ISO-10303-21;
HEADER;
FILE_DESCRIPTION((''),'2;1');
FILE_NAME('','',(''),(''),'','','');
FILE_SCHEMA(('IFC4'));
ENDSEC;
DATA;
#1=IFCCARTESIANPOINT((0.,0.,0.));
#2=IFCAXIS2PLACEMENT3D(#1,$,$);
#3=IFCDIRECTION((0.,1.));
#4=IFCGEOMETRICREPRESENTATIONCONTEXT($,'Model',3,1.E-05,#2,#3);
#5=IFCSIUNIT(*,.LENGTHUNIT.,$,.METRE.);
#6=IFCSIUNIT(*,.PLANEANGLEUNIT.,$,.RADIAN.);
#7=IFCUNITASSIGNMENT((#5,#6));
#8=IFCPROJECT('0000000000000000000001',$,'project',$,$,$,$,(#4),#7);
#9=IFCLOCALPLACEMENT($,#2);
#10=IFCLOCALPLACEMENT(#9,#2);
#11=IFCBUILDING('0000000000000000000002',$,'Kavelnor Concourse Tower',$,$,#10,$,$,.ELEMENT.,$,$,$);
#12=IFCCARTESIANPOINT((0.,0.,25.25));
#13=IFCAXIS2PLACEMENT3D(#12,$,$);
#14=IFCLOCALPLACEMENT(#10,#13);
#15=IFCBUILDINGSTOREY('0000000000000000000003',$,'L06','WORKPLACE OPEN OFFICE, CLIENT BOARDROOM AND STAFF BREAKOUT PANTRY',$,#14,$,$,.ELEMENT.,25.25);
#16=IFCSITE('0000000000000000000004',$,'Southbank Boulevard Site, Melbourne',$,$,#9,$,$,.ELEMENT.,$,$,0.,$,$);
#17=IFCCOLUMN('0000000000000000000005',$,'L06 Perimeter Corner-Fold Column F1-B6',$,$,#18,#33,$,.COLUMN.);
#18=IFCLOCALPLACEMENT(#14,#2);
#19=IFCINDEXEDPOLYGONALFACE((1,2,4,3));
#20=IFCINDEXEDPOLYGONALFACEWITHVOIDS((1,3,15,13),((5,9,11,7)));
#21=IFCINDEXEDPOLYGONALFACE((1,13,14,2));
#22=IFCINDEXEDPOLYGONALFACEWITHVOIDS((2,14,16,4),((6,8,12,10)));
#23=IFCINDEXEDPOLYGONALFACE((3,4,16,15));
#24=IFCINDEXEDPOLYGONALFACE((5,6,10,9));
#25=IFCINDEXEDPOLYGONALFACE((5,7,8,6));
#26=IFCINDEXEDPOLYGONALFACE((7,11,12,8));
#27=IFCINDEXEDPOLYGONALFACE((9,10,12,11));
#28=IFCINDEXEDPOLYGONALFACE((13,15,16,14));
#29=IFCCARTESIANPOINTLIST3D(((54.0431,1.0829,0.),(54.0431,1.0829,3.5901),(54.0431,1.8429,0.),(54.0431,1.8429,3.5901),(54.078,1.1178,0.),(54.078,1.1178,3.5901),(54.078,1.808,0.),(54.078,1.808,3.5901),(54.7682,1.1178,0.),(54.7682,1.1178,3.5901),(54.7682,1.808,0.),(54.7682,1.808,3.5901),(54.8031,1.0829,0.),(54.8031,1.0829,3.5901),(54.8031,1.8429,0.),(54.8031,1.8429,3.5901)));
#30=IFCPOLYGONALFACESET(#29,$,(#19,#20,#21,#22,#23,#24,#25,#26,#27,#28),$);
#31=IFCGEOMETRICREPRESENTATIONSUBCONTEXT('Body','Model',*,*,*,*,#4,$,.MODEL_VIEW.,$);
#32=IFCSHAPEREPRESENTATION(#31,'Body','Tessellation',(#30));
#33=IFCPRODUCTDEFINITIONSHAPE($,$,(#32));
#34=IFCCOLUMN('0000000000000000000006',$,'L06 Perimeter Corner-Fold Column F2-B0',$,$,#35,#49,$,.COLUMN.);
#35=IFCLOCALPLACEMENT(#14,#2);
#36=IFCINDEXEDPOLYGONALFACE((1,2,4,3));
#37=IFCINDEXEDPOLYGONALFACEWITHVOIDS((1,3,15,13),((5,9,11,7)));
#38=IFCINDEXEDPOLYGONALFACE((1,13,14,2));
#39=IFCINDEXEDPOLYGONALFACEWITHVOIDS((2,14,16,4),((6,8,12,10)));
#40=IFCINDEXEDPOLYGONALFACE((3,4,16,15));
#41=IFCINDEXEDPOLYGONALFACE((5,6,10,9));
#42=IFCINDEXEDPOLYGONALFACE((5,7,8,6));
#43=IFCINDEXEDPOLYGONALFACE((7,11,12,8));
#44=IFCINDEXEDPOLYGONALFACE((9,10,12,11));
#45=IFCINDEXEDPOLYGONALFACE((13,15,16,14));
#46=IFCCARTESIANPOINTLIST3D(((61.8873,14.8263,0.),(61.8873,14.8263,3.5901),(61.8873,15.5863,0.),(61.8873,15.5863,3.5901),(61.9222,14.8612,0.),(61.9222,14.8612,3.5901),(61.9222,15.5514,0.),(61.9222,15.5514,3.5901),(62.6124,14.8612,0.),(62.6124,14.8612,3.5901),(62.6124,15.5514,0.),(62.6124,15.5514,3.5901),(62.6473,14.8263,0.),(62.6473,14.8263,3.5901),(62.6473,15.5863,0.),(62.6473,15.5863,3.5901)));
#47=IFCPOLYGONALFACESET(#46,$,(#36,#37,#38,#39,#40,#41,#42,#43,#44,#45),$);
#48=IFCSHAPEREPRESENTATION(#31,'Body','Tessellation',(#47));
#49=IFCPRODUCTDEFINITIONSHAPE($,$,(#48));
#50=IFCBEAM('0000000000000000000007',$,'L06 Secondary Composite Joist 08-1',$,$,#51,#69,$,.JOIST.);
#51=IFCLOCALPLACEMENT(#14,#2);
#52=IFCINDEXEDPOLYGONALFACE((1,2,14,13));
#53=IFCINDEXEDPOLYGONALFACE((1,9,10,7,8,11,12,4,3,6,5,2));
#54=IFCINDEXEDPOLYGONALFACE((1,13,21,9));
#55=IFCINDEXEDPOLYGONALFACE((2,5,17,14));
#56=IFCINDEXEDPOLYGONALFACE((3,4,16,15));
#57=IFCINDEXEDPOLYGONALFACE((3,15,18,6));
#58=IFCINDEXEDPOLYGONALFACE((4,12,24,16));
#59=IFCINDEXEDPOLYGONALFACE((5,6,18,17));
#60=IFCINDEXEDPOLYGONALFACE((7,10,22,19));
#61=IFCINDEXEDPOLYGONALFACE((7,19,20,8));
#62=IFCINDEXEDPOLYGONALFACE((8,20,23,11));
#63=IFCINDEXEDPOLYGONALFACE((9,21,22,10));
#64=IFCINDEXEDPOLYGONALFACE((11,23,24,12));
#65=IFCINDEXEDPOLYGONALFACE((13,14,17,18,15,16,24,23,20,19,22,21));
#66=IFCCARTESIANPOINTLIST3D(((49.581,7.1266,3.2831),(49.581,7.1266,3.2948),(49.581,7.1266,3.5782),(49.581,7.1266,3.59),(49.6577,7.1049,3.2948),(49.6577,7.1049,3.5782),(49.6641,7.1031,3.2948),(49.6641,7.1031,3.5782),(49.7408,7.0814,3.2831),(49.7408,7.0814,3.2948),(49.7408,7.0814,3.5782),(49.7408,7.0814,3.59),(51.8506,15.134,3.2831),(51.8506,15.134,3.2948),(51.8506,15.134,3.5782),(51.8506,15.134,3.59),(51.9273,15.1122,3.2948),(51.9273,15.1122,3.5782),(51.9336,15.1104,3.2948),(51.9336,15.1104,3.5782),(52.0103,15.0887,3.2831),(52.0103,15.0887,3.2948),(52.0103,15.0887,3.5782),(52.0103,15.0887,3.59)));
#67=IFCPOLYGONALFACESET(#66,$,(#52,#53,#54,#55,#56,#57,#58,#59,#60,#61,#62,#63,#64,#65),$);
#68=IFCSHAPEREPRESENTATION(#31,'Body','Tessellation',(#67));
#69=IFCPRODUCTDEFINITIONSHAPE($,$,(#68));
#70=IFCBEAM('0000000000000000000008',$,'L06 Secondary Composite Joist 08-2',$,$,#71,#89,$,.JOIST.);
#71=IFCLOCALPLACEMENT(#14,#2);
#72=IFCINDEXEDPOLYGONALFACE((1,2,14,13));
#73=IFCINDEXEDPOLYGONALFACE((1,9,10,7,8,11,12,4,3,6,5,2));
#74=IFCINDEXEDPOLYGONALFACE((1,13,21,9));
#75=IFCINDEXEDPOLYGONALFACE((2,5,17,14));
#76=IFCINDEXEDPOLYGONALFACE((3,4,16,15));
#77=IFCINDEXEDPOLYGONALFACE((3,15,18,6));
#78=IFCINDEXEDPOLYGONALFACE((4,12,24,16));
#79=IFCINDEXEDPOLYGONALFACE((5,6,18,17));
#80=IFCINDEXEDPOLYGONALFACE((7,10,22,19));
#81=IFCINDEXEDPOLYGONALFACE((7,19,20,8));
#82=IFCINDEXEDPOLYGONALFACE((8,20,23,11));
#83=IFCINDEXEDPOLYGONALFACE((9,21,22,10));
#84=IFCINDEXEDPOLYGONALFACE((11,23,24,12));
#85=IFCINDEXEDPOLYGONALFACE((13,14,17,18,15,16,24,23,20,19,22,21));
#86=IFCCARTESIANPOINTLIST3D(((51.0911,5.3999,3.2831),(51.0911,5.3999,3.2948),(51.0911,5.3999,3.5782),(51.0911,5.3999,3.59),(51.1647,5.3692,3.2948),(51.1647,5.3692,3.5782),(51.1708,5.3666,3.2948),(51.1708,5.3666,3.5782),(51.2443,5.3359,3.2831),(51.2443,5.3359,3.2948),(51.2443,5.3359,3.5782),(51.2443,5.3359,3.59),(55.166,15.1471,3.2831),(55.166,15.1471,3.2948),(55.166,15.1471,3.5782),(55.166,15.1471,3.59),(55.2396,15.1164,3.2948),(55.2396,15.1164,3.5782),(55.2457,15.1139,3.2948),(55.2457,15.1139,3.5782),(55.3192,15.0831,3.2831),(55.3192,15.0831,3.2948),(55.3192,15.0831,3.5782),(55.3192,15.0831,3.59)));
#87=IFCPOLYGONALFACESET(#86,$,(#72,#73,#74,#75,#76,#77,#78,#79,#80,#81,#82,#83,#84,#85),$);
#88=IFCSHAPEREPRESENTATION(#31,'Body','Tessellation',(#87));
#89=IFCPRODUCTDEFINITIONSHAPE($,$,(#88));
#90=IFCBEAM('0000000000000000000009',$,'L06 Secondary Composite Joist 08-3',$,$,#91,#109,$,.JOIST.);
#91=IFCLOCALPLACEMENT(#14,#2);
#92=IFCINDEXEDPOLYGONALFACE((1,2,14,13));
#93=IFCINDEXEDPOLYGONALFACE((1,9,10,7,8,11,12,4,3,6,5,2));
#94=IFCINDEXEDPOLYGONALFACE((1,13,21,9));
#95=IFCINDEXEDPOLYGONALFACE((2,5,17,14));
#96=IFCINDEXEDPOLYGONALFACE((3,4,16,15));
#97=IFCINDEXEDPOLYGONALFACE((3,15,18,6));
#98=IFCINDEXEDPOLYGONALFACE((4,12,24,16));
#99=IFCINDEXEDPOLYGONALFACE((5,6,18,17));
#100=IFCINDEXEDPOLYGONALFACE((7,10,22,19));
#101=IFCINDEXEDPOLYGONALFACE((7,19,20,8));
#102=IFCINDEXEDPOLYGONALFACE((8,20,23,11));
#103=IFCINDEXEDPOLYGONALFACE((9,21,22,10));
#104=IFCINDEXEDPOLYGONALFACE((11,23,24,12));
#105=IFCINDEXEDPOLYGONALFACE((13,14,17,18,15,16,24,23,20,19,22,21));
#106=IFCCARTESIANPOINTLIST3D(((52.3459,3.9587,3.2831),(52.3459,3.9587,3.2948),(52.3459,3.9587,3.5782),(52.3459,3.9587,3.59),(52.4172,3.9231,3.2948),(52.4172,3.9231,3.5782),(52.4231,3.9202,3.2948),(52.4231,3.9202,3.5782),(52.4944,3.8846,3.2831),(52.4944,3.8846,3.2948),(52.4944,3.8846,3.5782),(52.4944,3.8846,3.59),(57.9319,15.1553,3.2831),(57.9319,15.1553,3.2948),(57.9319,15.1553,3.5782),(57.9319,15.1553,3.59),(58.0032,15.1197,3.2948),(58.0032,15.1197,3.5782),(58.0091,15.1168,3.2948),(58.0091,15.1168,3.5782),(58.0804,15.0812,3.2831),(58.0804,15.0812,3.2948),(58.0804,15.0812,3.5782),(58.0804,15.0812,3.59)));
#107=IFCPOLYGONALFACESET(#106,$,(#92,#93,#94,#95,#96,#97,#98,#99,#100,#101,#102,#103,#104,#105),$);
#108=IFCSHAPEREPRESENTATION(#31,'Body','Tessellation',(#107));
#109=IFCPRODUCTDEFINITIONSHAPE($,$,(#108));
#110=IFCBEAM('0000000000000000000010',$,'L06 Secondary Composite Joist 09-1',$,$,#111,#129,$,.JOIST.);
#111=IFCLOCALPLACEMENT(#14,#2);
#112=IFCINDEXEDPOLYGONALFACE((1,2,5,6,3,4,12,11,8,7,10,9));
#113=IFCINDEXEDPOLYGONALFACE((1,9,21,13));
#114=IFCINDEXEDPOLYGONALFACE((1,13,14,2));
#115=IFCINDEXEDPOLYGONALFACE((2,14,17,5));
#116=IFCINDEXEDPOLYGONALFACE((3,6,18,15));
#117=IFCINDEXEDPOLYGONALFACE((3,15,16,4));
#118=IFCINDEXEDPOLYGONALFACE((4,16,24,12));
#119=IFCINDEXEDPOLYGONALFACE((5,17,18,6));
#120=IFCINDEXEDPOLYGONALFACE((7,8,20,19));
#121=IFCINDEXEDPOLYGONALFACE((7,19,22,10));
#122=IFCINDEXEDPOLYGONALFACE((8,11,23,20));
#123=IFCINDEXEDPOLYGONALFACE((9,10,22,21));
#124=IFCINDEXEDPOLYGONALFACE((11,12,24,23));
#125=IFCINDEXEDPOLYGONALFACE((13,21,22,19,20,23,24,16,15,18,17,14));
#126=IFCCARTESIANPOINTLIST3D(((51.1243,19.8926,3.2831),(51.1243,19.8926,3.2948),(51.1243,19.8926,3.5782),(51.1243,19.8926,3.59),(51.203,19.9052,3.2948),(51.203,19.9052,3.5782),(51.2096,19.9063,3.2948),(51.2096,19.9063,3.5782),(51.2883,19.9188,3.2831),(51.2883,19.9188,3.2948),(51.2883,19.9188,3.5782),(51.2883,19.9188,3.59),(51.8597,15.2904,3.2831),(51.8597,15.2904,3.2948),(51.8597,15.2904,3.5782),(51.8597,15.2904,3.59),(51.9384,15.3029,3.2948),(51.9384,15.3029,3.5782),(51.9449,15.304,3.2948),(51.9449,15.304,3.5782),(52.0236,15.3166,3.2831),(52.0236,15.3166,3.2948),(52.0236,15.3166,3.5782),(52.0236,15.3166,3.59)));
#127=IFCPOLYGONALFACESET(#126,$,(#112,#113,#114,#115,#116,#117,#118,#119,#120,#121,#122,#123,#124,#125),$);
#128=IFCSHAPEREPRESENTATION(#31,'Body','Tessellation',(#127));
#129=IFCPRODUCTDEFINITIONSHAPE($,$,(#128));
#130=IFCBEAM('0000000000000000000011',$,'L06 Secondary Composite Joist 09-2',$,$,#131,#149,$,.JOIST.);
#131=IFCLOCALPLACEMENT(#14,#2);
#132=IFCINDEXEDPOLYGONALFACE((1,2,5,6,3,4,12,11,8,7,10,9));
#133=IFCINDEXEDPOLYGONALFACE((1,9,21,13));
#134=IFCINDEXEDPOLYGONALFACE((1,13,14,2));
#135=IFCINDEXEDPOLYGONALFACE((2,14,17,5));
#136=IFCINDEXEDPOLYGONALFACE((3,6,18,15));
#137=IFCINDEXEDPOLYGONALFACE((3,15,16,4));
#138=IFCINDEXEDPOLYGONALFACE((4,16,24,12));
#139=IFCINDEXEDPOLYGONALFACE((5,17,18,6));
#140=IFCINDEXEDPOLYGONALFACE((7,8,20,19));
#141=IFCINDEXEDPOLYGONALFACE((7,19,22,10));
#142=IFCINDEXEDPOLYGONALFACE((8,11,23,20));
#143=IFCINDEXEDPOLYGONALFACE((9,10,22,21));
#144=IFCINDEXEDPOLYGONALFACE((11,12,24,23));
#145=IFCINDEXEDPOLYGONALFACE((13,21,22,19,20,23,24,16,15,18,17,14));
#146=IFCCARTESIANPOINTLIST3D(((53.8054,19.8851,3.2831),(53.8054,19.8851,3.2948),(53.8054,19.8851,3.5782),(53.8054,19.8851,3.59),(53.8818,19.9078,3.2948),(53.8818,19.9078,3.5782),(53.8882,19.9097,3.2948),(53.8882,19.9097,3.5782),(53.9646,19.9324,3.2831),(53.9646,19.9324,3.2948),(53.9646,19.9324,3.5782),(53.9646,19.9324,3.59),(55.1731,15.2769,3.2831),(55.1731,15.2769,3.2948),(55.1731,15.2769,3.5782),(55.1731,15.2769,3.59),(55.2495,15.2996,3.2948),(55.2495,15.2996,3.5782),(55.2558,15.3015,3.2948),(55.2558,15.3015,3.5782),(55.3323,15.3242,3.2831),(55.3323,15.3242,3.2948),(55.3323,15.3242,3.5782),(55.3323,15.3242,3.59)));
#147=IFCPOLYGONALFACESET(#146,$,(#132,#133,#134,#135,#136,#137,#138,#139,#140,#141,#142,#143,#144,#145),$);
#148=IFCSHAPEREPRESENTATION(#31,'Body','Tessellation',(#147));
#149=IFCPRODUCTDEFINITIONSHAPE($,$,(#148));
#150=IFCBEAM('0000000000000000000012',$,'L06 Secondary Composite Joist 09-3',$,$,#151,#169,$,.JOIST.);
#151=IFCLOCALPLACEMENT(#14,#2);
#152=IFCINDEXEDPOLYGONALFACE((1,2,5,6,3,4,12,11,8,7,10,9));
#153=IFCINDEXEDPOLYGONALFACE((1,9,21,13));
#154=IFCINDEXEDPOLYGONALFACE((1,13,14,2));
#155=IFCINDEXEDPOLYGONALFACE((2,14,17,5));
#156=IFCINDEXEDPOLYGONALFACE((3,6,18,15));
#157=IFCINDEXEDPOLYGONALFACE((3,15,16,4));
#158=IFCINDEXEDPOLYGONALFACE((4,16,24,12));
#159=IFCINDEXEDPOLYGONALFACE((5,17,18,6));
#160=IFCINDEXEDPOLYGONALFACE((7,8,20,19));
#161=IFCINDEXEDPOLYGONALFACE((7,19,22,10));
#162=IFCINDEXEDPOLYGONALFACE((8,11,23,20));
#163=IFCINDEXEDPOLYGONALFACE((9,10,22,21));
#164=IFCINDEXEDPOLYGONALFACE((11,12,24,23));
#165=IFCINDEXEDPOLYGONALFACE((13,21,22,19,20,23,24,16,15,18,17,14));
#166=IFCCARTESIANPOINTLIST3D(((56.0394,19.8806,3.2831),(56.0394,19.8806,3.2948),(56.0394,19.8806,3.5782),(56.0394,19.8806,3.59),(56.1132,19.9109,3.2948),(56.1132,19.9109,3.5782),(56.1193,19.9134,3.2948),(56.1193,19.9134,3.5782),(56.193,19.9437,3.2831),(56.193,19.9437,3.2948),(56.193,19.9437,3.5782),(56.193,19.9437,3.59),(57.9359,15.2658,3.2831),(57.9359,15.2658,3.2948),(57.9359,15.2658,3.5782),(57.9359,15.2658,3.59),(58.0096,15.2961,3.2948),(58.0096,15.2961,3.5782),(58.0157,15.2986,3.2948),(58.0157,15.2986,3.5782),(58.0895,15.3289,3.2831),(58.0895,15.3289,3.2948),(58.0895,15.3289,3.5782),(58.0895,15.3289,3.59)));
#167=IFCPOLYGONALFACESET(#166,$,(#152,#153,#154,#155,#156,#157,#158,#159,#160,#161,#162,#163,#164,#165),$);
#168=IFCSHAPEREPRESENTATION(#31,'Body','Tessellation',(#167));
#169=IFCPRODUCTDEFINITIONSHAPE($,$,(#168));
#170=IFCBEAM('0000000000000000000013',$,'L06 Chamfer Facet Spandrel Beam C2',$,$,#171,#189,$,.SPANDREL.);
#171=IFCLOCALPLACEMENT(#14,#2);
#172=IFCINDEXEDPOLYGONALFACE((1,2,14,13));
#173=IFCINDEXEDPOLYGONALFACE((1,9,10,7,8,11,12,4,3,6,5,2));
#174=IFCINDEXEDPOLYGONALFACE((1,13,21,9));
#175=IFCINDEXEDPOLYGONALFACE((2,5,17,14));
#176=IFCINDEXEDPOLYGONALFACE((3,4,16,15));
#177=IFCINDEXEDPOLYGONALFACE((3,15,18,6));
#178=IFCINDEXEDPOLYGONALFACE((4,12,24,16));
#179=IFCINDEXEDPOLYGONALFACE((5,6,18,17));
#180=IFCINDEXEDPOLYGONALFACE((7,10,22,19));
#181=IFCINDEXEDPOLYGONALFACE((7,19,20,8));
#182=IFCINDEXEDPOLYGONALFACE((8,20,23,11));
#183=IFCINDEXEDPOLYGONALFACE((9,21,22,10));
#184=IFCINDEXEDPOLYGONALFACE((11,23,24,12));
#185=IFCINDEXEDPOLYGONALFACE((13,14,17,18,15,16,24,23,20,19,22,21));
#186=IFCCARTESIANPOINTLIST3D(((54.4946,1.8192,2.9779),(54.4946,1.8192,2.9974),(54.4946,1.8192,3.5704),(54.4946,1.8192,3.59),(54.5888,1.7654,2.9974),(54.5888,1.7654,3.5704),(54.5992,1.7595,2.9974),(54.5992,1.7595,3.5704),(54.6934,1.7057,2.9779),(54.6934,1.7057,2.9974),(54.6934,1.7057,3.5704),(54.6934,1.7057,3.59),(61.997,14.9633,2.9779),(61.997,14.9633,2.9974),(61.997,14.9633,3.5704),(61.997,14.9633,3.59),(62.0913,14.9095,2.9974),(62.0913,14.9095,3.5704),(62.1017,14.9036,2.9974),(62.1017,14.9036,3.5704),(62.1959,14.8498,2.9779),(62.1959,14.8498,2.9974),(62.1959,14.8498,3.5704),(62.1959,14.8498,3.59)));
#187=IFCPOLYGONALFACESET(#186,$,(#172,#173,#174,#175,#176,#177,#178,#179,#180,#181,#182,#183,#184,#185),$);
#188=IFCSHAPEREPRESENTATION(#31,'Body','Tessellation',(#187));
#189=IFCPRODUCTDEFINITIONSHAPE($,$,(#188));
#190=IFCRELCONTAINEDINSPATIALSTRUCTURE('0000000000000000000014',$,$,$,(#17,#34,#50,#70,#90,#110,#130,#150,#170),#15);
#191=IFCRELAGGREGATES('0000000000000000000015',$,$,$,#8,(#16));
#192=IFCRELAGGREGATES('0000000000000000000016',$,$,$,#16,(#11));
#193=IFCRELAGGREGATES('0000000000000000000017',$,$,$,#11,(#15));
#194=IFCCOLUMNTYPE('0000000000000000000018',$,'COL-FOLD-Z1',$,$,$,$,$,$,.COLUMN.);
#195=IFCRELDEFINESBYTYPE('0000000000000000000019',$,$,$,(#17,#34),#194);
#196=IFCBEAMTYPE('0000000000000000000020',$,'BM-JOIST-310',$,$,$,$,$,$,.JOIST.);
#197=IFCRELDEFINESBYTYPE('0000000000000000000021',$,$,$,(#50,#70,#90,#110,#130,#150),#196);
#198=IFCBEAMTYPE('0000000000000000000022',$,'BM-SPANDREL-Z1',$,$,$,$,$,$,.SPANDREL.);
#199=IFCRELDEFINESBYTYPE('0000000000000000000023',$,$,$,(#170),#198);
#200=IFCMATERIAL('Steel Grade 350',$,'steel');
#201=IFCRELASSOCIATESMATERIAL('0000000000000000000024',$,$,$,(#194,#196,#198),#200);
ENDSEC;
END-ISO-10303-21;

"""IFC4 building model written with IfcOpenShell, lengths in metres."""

from ifc_helpers import new_model, si_unit, direction, frame, origin, origin_2d, place, context, subcontext, project, spatial, hollow_rectangle, i_section, extrude, material, material_profile, profile_set, type_object, element, save


model = new_model("IFC4")

# Units and contexts
model_context = context("Model", 3, precision=1e-05, world=origin(), true_north=direction((0.0, 1.0)))
body_context = subcontext(model_context, "Body", "Model", "MODEL_VIEW")
ifc_project = project(units=[si_unit("LENGTHUNIT", "METRE"), si_unit("PLANEANGLEUNIT", "RADIAN")], contexts=[model_context])

# Site, building, storey
site_placement = place(None, origin())
site = spatial("IfcSite", under=ifc_project, at=site_placement, Name="Southbank Boulevard Site, Melbourne", CompositionType="ELEMENT", RefElevation=0.0)
building_placement = place(site_placement, origin())
building = spatial("IfcBuilding", under=site, at=building_placement, Name="Kavelnor Concourse Tower", CompositionType="ELEMENT")
storey_placement = place(building_placement, frame((0.0, 0.0, 25.25)))
storey = spatial("IfcBuildingStorey", under=building, at=storey_placement, Name="L06", Description="WORKPLACE OPEN OFFICE, CLIENT BOARDROOM AND STAFF BREAKOUT PANTRY", CompositionType="ELEMENT", Elevation=25.25)

# Columns
ifc_material_1 = material(Name="Steel Grade 350", Category="steel")
ifc_material_profile_1 = material_profile(ifc_material_1, hollow_rectangle(XDim=0.76, YDim=0.76, WallThickness=0.0349, at=origin_2d()), Name="SHS 760x760x35")
ifc_profile_set_1 = profile_set([ifc_material_profile_1], Name="Steel Grade 350")
column_type = type_object("IfcColumnType", Name="COL-FOLD-Z1", PredefinedType="COLUMN", material=ifc_profile_set_1)
for number, where, z_axis, x_axis, name in (
    (1, (54.4231, 1.4629, 0.0), (0.0, 0.0, 1.0), (1.0, 0.0, 0.0), "L06 Perimeter Corner-Fold Column F1-B6"),
    (2, (62.2673, 15.2063, 0.0), (0.0, 0.0, 1.0), (1.0, 0.0, 0.0), "L06 Perimeter Corner-Fold Column F2-B0"),
):
    element("IfcColumn", number, at=place(storey_placement, frame(where, z_axis=z_axis, x_axis=x_axis)), inside=storey, type_object=column_type, Name=name, PredefinedType="COLUMN", context=body_context, shape_type="SweptSolid", body=[
        extrude(hollow_rectangle(XDim=0.76, YDim=0.76, WallThickness=0.0349, at=origin_2d()), origin(), (0.0, 0.0, 1.0), 3.5901),
    ])

# Beams
ifc_material_profile_2 = material_profile(ifc_material_1, i_section(OverallWidth=0.166, OverallDepth=0.3069, WebThickness=0.0066, FlangeThickness=0.0117, at=origin_2d()), Name="310UB46")
ifc_profile_set_2 = profile_set([ifc_material_profile_2], Name="Steel Grade 350")
beam_type_1 = type_object("IfcBeamType", Name="BM-JOIST-310", PredefinedType="JOIST", material=ifc_profile_set_2)
beam_1_placement = place(storey_placement, frame((49.6609, 7.104, 3.4365), z_axis=(0.27269, 0.962102, 0.0), x_axis=(-0.962102, 0.27269, 0.0)))
element("IfcBeam", 3, at=beam_1_placement, inside=storey, type_object=beam_type_1, Name="L06 Secondary Composite Joist 08-1", PredefinedType="JOIST", context=body_context, shape_type="SweptSolid", body=[
    extrude(i_section(OverallWidth=0.166, OverallDepth=0.3069, WebThickness=0.0066, FlangeThickness=0.0117, at=origin_2d()), origin(), (0.0, 0.0, 1.0), 8.3228),
])
beam_2_placement = place(storey_placement, frame((51.1677, 5.3679, 3.4365), z_axis=(0.38571, 0.92262, 0.0), x_axis=(-0.92262, 0.38571, 0.0)))
element("IfcBeam", 4, at=beam_2_placement, inside=storey, type_object=beam_type_1, Name="L06 Secondary Composite Joist 08-2", PredefinedType="JOIST", context=body_context, shape_type="SweptSolid", body=[
    extrude(i_section(OverallWidth=0.166, OverallDepth=0.3069, WebThickness=0.0066, FlangeThickness=0.0117, at=origin_2d()), origin(), (0.0, 0.0, 1.0), 10.5647),
])
beam_3_placement = place(storey_placement, frame((52.4202, 3.9216, 3.4365), z_axis=(0.446425, 0.894821, 0.0), x_axis=(-0.894821, 0.446425, 0.0)))
element("IfcBeam", 5, at=beam_3_placement, inside=storey, type_object=beam_type_1, Name="L06 Secondary Composite Joist 08-3", PredefinedType="JOIST", context=body_context, shape_type="SweptSolid", body=[
    extrude(i_section(OverallWidth=0.166, OverallDepth=0.3069, WebThickness=0.0066, FlangeThickness=0.0117, at=origin_2d()), origin(), (0.0, 0.0, 1.0), 12.5127),
])
beam_4_placement = place(storey_placement, frame((51.9417, 15.3035, 3.4365), z_axis=(-0.157778, 0.987475, 0.0), x_axis=(-0.987475, -0.157778, 0.0)))
element("IfcBeam", 6, at=beam_4_placement, inside=storey, type_object=beam_type_1, Name="L06 Secondary Composite Joist 09-1", PredefinedType="JOIST", context=body_context, shape_type="SweptSolid", body=[
    extrude(i_section(OverallWidth=0.166, OverallDepth=0.3069, WebThickness=0.0066, FlangeThickness=0.0117, at=origin_2d()), origin(), (0.0, 0.0, 1.0), 4.6606),
])
beam_5_placement = place(storey_placement, frame((55.2527, 15.3005, 3.4365), z_axis=(-0.284528, 0.958668, 0.0), x_axis=(-0.958668, -0.284528, 0.0)))
element("IfcBeam", 7, at=beam_5_placement, inside=storey, type_object=beam_type_1, Name="L06 Secondary Composite Joist 09-2", PredefinedType="JOIST", context=body_context, shape_type="SweptSolid", body=[
    extrude(i_section(OverallWidth=0.166, OverallDepth=0.3069, WebThickness=0.0066, FlangeThickness=0.0117, at=origin_2d()), origin(), (0.0, 0.0, 1.0), 4.8069),
])
beam_6_placement = place(storey_placement, frame((58.0127, 15.2974, 3.4365), z_axis=(-0.380115, 0.924939, 0.0), x_axis=(-0.924939, -0.380115, 0.0)))
element("IfcBeam", 8, at=beam_6_placement, inside=storey, type_object=beam_type_1, Name="L06 Secondary Composite Joist 09-3", PredefinedType="JOIST", context=body_context, shape_type="SweptSolid", body=[
    extrude(i_section(OverallWidth=0.166, OverallDepth=0.3069, WebThickness=0.0066, FlangeThickness=0.0117, at=origin_2d()), origin(), (0.0, 0.0, 1.0), 4.9893),
])
ifc_material_profile_3 = material_profile(ifc_material_1, i_section(OverallWidth=0.229, OverallDepth=0.6121, WebThickness=0.012, FlangeThickness=0.0195, at=origin_2d()), Name="610UB125")
ifc_profile_set_3 = profile_set([ifc_material_profile_3], Name="Steel Grade 350")
beam_type_2 = type_object("IfcBeamType", Name="BM-SPANDREL-Z1", PredefinedType="SPANDREL", material=ifc_profile_set_3)
beam_7_placement = place(storey_placement, frame((54.594, 1.7625, 3.2839), z_axis=(0.495718, 0.868483, 0.0), x_axis=(-0.868483, 0.495718, 0.0)))
element("IfcBeam", 9, at=beam_7_placement, inside=storey, type_object=beam_type_2, Name="L06 Chamfer Facet Spandrel Beam C2", PredefinedType="SPANDREL", context=body_context, shape_type="SweptSolid", body=[
    extrude(i_section(OverallWidth=0.229, OverallDepth=0.6121, WebThickness=0.012, FlangeThickness=0.0195, at=origin_2d()), origin(), (0.0, 0.0, 1.0), 15.1345),
])

save(model, "model.ifc")
